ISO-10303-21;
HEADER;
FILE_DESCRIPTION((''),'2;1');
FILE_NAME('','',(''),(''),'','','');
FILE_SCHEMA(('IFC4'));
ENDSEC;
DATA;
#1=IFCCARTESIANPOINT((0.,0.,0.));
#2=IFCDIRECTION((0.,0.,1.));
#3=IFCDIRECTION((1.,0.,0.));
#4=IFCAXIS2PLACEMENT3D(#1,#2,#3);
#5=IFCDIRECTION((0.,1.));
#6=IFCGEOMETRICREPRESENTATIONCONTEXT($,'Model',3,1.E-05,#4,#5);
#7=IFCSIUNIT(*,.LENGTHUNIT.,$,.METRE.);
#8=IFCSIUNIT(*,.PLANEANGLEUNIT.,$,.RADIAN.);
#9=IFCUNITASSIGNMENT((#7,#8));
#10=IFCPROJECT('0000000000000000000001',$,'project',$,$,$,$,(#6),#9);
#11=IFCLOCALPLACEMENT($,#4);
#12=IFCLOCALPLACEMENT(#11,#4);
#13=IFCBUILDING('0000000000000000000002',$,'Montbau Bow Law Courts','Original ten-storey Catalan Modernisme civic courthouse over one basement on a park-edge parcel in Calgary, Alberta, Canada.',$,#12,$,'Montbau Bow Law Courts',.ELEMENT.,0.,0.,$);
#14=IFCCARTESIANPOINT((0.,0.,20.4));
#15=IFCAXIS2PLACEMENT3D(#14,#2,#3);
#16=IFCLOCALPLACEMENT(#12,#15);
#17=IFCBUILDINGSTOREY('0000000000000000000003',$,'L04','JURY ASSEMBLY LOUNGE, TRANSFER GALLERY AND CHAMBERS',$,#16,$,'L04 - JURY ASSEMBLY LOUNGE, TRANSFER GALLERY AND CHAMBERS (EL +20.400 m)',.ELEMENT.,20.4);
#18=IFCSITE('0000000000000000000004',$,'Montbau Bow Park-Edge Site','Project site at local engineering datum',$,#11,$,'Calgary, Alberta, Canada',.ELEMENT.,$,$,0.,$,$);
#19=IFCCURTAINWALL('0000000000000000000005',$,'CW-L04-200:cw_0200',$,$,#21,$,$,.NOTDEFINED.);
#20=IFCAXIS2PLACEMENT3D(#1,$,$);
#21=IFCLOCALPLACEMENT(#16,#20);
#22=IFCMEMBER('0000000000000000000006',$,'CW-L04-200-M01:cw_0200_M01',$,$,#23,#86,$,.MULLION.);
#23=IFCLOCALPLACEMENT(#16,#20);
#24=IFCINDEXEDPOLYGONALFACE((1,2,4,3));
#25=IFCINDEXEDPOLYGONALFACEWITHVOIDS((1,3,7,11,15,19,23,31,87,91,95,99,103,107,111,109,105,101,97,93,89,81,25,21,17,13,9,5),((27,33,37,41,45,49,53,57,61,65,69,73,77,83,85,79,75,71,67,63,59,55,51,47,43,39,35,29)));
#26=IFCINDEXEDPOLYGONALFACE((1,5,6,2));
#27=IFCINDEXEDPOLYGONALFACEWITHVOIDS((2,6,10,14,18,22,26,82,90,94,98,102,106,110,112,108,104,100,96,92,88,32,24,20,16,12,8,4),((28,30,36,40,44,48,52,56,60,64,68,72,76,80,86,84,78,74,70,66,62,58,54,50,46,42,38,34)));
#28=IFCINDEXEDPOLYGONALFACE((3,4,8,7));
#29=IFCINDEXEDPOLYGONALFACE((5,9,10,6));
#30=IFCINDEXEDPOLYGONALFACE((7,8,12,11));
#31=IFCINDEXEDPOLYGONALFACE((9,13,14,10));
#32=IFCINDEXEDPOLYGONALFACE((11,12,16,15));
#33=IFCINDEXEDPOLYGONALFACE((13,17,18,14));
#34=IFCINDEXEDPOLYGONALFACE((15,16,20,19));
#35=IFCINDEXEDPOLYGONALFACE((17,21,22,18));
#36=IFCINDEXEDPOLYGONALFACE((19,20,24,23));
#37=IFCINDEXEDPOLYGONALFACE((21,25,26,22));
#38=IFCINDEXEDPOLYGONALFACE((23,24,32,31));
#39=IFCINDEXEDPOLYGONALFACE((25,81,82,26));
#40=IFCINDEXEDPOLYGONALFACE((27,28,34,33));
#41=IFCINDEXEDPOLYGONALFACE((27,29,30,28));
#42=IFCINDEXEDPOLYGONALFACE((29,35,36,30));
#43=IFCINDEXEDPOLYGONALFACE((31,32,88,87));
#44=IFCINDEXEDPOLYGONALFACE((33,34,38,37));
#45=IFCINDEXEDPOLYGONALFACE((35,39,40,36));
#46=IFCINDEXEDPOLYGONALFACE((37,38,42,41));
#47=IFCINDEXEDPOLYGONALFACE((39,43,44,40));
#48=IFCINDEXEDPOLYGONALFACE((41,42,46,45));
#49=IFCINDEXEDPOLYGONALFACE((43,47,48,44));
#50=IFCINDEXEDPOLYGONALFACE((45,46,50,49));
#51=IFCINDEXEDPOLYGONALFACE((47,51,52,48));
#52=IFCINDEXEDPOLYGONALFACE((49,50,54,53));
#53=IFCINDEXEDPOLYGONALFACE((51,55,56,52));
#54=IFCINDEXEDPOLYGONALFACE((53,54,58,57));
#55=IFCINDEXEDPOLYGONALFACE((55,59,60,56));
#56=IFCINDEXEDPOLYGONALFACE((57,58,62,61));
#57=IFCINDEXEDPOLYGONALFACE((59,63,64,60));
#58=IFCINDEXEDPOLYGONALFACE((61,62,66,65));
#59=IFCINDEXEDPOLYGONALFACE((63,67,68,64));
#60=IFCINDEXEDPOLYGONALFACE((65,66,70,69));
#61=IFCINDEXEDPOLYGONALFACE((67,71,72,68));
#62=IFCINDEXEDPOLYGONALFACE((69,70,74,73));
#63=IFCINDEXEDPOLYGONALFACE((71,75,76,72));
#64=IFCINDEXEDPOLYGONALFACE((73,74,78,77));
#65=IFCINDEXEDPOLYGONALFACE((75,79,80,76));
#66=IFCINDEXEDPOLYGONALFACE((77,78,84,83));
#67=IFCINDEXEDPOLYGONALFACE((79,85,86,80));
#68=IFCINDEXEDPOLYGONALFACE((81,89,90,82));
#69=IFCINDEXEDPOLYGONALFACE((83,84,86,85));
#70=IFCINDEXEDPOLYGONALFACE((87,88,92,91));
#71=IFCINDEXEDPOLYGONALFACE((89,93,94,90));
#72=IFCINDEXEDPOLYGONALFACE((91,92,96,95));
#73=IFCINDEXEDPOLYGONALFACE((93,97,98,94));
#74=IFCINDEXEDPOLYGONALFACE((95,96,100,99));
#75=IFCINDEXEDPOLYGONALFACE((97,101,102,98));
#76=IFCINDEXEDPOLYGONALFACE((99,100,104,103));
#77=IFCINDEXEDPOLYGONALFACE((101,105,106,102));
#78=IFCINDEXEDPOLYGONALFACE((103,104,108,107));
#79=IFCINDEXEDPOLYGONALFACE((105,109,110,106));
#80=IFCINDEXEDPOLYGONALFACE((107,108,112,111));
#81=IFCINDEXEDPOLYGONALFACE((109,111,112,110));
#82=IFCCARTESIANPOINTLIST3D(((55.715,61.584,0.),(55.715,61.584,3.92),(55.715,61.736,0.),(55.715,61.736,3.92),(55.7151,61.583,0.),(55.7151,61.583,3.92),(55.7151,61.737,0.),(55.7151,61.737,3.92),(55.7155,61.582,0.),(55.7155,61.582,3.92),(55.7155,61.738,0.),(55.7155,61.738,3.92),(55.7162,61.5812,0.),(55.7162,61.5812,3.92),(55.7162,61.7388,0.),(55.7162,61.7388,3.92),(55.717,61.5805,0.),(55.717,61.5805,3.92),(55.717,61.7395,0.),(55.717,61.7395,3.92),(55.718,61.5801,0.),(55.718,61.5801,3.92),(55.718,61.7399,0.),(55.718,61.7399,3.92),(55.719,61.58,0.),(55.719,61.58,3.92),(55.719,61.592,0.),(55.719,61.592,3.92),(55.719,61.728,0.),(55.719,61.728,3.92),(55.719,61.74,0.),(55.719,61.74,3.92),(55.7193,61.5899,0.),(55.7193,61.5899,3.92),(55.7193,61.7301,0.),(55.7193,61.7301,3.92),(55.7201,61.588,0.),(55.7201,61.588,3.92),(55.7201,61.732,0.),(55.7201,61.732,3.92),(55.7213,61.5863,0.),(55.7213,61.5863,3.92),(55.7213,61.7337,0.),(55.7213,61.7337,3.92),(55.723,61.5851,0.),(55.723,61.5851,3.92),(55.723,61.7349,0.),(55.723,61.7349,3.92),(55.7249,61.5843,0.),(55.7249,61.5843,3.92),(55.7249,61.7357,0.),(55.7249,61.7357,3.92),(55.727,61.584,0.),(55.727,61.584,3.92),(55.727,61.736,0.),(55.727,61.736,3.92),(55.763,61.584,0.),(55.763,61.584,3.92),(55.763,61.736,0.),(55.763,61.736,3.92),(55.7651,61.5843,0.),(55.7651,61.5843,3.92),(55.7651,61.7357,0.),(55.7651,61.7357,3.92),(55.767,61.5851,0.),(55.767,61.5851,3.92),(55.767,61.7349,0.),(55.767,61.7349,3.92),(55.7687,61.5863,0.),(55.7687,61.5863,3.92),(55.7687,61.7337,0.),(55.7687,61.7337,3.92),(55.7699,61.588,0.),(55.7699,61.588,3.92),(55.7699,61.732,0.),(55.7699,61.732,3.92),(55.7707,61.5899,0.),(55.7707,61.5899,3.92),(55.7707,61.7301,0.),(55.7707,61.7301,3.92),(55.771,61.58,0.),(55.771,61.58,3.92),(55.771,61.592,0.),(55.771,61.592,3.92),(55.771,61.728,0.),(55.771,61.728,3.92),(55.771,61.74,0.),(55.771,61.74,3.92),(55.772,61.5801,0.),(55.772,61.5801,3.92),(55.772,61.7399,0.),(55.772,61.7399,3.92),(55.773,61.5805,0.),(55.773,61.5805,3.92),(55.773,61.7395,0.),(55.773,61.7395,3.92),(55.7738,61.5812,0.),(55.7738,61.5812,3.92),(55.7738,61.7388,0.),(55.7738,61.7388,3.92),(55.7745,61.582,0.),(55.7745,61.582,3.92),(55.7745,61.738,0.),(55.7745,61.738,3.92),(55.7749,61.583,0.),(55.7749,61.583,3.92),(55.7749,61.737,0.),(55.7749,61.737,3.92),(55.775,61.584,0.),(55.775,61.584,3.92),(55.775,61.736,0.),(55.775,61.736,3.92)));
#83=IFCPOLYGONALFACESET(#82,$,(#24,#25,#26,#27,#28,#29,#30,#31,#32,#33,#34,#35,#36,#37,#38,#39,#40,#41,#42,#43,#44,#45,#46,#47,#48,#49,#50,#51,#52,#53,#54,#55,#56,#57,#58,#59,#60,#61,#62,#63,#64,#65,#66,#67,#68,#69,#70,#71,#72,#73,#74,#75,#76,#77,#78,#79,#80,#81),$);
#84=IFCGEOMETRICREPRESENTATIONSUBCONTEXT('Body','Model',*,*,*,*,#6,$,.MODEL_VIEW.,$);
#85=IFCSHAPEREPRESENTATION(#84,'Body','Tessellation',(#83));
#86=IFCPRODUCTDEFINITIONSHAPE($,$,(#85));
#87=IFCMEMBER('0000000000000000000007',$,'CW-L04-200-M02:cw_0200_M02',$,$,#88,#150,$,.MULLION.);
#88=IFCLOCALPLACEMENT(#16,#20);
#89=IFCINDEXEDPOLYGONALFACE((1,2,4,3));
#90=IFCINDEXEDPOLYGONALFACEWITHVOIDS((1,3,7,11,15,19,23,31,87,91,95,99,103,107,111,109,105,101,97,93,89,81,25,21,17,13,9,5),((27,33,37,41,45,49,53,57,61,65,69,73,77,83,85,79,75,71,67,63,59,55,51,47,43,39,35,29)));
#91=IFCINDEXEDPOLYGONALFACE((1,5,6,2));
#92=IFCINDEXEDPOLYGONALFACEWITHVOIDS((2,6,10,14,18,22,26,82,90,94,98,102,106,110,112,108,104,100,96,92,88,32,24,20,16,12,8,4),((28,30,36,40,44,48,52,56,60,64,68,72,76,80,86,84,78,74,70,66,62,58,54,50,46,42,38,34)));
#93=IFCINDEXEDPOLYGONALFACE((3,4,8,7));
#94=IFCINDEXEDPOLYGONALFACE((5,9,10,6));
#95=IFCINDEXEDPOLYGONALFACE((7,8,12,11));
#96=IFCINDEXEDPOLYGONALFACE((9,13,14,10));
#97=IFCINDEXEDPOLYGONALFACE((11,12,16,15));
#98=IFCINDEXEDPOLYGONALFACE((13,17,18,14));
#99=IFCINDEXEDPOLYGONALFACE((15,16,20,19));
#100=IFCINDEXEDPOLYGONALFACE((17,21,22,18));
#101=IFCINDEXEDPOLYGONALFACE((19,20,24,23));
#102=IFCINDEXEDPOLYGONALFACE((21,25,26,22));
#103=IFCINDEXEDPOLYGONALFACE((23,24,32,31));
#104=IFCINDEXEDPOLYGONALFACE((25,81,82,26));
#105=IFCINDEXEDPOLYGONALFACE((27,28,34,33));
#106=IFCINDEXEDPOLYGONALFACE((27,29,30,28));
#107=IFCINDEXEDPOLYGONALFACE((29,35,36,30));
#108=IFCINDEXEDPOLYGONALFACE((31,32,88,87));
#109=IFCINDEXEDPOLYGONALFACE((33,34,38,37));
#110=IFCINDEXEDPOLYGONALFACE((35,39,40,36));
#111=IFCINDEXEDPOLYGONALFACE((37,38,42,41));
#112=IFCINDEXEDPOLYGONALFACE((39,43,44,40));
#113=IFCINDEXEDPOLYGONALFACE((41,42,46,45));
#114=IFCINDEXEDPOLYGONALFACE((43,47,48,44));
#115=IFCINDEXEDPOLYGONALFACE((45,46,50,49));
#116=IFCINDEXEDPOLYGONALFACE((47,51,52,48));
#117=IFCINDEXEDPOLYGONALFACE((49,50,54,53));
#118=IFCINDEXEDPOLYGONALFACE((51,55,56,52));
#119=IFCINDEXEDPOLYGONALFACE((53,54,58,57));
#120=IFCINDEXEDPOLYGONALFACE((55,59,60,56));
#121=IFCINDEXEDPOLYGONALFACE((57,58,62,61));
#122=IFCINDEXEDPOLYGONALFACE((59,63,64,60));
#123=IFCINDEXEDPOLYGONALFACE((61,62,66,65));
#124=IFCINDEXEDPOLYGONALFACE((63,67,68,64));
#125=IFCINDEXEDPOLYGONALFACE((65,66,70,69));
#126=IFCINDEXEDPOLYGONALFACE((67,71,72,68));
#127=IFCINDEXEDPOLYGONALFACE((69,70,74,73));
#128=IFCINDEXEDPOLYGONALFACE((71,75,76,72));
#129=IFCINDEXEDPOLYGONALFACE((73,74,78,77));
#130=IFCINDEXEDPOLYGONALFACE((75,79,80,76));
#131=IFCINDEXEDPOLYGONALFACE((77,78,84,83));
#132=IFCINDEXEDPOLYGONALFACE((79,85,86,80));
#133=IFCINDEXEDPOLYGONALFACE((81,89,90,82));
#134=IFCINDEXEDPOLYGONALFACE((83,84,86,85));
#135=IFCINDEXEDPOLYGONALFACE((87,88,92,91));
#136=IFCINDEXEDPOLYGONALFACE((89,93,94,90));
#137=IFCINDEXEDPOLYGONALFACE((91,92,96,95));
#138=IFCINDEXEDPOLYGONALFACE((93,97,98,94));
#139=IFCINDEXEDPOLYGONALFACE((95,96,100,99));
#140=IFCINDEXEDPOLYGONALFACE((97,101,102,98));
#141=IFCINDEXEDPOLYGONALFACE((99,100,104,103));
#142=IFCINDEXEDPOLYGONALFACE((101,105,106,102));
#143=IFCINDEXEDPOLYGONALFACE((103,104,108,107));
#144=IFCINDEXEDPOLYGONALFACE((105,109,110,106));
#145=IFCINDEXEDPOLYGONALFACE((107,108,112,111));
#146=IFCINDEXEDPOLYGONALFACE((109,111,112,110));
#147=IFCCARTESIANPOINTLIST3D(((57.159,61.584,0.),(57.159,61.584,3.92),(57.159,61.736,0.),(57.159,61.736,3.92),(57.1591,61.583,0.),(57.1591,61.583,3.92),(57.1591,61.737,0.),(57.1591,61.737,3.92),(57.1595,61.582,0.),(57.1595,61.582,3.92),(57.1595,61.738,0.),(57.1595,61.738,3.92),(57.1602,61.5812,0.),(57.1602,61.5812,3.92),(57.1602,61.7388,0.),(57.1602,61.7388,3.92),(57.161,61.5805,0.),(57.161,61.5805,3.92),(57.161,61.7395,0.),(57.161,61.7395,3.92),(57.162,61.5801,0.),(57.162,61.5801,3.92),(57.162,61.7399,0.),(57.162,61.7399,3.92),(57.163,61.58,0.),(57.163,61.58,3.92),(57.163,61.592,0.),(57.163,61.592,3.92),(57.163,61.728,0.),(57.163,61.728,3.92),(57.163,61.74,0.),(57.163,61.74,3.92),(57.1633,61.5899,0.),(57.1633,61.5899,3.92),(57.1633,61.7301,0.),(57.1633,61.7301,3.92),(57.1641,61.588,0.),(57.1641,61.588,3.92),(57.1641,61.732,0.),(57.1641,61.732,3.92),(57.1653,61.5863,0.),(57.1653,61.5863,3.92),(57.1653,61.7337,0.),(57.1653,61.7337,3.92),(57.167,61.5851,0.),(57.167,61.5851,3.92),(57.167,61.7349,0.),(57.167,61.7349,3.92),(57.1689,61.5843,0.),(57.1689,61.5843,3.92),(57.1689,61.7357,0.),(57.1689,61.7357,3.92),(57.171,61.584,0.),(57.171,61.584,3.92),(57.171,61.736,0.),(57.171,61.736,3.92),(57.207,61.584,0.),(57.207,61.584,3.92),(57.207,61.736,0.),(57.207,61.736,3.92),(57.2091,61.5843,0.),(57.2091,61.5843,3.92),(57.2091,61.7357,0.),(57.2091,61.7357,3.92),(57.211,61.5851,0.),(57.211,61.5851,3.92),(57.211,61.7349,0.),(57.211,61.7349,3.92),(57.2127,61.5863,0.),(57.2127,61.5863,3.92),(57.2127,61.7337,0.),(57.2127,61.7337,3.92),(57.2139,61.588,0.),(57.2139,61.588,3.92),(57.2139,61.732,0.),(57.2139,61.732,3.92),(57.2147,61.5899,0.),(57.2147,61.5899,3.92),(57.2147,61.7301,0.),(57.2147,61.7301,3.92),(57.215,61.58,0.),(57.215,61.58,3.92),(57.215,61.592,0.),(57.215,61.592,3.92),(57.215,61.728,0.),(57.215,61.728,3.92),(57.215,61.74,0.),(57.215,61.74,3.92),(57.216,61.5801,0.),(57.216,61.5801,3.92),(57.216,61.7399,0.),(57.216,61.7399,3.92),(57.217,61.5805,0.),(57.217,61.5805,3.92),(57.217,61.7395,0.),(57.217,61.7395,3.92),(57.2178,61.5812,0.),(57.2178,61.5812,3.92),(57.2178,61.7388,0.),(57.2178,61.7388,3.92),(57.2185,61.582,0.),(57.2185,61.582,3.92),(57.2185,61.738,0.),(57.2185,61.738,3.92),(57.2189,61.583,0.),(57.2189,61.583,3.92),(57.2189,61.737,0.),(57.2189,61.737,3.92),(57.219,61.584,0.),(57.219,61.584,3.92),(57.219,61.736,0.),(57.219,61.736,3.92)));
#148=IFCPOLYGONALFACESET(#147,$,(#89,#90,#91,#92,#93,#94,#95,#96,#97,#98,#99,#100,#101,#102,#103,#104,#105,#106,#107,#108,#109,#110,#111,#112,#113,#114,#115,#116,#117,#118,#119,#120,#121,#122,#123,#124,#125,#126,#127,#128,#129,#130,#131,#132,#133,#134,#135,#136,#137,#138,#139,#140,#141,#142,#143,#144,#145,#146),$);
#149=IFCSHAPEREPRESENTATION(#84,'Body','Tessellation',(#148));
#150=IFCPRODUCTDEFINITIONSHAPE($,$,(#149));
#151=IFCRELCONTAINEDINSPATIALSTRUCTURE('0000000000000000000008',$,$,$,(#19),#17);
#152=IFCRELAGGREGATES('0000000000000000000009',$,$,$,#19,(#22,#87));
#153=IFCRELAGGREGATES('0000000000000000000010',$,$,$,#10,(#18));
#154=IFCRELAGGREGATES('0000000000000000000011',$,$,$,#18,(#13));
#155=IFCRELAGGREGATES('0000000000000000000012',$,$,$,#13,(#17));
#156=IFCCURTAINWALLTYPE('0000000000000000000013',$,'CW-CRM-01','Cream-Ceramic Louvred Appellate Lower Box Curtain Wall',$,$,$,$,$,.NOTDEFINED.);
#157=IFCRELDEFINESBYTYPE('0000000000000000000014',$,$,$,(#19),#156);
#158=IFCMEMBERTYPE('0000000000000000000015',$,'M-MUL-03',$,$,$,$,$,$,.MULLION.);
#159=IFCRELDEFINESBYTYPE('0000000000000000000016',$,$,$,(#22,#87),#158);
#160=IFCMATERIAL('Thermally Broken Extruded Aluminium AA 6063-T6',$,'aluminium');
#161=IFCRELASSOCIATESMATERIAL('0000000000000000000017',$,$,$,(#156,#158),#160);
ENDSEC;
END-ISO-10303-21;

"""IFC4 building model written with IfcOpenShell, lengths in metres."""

from ifc_helpers import new_model, si_unit, direction, frame, origin_with_axes, origin_2d_with_axis, place, context, subcontext, project, spatial, hollow_rectangle, extrude, material, material_profile, profile_set, type_object, element, aggregate, save


model = new_model("IFC4")

# Units and contexts
model_context = context("Model", 3, precision=1e-05, world=origin_with_axes(), true_north=direction((0.0, 1.0)))
body_context = subcontext(model_context, "Body", "Model", "MODEL_VIEW")
ifc_project = project(units=[si_unit("LENGTHUNIT", "METRE"), si_unit("PLANEANGLEUNIT", "RADIAN")], contexts=[model_context])

# Site, building, storey
site_placement = place(None, origin_with_axes())
site = spatial("IfcSite", under=ifc_project, at=site_placement, Name="Montbau Bow Park-Edge Site", Description="Project site at local engineering datum", LongName="Calgary, Alberta, Canada", CompositionType="ELEMENT", RefElevation=0.0)
building_placement = place(site_placement, origin_with_axes())
building = spatial("IfcBuilding", under=site, at=building_placement, Name="Montbau Bow Law Courts", Description="Original ten-storey Catalan Modernisme civic courthouse over one basement on a park-edge parcel in Calgary, Alberta, Canada.", LongName="Montbau Bow Law Courts", CompositionType="ELEMENT", ElevationOfRefHeight=0.0, ElevationOfTerrain=0.0)
storey_placement = place(building_placement, frame((0.0, 0.0, 20.4), z_axis=(0.0, 0.0, 1.0), x_axis=(1.0, 0.0, 0.0)))
storey = spatial("IfcBuildingStorey", under=building, at=storey_placement, Name="L04", Description="JURY ASSEMBLY LOUNGE, TRANSFER GALLERY AND CHAMBERS", LongName="L04 - JURY ASSEMBLY LOUNGE, TRANSFER GALLERY AND CHAMBERS (EL +20.400 m)", CompositionType="ELEMENT", Elevation=20.4)

# Shared definitions
ifc_material_1 = material(Name="Thermally Broken Extruded Aluminium AA 6063-T6", Category="aluminium")
curtain_wall_type = type_object("IfcCurtainWallType", Name="CW-CRM-01", Description="Cream-Ceramic Louvred Appellate Lower Box Curtain Wall", PredefinedType="NOTDEFINED", material=ifc_material_1)

# Curtain wall, members
curtain_wall_1_placement = place(None, frame((55.715, 61.66, 20.4), z_axis=(0.0, 0.0, 1.0), x_axis=(1.0, 0.0, 0.0)))
curtain_wall_1 = element("IfcCurtainWall", 1, at=curtain_wall_1_placement, inside=storey, type_object=curtain_wall_type, Name="CW-L04-200:cw_0200", PredefinedType="NOTDEFINED")
ifc_material_profile_1 = material_profile(ifc_material_1, hollow_rectangle(XDim=0.06, YDim=0.16, WallThickness=0.004, InnerFilletRadius=0.008, OuterFilletRadius=0.004, at=origin_2d_with_axis()), Name="CWM-160X60", Category="Main", Priority=0)
ifc_profile_set_1 = profile_set([ifc_material_profile_1], Name="Thermally Broken Extruded Aluminium AA 6063-T6")
member_type_1 = type_object("IfcMemberType", Name="M-MUL-03", PredefinedType="MULLION", material=ifc_profile_set_1)
member_1_placement = place(None, frame((55.745, 61.66, 20.4), z_axis=(0.0, 0.0, 1.0), x_axis=(1.0, 0.0, 0.0)))
member_1 = element("IfcMember", 2, at=member_1_placement, type_object=member_type_1, Name="CW-L04-200-M01:cw_0200_M01", PredefinedType="MULLION", context=body_context, shape_type="SweptSolid", body=[
    extrude(hollow_rectangle(XDim=0.06, YDim=0.16, WallThickness=0.004, InnerFilletRadius=0.008, OuterFilletRadius=0.004, at=origin_2d_with_axis()), origin_with_axes(), (0.0, 0.0, 1.0), 3.92),
])
member_2_placement = place(None, frame((57.189, 61.66, 20.4), z_axis=(0.0, 0.0, 1.0), x_axis=(1.0, 0.0, 0.0)))
member_2 = element("IfcMember", 3, at=member_2_placement, type_object=member_type_1, Name="CW-L04-200-M02:cw_0200_M02", PredefinedType="MULLION", context=body_context, shape_type="SweptSolid", body=[
    extrude(hollow_rectangle(XDim=0.06, YDim=0.16, WallThickness=0.004, InnerFilletRadius=0.008, OuterFilletRadius=0.004, at=origin_2d_with_axis()), origin_with_axes(), (0.0, 0.0, 1.0), 3.92),
])

aggregate(curtain_wall_1, [member_1, member_2])

save(model, "model.ifc")
